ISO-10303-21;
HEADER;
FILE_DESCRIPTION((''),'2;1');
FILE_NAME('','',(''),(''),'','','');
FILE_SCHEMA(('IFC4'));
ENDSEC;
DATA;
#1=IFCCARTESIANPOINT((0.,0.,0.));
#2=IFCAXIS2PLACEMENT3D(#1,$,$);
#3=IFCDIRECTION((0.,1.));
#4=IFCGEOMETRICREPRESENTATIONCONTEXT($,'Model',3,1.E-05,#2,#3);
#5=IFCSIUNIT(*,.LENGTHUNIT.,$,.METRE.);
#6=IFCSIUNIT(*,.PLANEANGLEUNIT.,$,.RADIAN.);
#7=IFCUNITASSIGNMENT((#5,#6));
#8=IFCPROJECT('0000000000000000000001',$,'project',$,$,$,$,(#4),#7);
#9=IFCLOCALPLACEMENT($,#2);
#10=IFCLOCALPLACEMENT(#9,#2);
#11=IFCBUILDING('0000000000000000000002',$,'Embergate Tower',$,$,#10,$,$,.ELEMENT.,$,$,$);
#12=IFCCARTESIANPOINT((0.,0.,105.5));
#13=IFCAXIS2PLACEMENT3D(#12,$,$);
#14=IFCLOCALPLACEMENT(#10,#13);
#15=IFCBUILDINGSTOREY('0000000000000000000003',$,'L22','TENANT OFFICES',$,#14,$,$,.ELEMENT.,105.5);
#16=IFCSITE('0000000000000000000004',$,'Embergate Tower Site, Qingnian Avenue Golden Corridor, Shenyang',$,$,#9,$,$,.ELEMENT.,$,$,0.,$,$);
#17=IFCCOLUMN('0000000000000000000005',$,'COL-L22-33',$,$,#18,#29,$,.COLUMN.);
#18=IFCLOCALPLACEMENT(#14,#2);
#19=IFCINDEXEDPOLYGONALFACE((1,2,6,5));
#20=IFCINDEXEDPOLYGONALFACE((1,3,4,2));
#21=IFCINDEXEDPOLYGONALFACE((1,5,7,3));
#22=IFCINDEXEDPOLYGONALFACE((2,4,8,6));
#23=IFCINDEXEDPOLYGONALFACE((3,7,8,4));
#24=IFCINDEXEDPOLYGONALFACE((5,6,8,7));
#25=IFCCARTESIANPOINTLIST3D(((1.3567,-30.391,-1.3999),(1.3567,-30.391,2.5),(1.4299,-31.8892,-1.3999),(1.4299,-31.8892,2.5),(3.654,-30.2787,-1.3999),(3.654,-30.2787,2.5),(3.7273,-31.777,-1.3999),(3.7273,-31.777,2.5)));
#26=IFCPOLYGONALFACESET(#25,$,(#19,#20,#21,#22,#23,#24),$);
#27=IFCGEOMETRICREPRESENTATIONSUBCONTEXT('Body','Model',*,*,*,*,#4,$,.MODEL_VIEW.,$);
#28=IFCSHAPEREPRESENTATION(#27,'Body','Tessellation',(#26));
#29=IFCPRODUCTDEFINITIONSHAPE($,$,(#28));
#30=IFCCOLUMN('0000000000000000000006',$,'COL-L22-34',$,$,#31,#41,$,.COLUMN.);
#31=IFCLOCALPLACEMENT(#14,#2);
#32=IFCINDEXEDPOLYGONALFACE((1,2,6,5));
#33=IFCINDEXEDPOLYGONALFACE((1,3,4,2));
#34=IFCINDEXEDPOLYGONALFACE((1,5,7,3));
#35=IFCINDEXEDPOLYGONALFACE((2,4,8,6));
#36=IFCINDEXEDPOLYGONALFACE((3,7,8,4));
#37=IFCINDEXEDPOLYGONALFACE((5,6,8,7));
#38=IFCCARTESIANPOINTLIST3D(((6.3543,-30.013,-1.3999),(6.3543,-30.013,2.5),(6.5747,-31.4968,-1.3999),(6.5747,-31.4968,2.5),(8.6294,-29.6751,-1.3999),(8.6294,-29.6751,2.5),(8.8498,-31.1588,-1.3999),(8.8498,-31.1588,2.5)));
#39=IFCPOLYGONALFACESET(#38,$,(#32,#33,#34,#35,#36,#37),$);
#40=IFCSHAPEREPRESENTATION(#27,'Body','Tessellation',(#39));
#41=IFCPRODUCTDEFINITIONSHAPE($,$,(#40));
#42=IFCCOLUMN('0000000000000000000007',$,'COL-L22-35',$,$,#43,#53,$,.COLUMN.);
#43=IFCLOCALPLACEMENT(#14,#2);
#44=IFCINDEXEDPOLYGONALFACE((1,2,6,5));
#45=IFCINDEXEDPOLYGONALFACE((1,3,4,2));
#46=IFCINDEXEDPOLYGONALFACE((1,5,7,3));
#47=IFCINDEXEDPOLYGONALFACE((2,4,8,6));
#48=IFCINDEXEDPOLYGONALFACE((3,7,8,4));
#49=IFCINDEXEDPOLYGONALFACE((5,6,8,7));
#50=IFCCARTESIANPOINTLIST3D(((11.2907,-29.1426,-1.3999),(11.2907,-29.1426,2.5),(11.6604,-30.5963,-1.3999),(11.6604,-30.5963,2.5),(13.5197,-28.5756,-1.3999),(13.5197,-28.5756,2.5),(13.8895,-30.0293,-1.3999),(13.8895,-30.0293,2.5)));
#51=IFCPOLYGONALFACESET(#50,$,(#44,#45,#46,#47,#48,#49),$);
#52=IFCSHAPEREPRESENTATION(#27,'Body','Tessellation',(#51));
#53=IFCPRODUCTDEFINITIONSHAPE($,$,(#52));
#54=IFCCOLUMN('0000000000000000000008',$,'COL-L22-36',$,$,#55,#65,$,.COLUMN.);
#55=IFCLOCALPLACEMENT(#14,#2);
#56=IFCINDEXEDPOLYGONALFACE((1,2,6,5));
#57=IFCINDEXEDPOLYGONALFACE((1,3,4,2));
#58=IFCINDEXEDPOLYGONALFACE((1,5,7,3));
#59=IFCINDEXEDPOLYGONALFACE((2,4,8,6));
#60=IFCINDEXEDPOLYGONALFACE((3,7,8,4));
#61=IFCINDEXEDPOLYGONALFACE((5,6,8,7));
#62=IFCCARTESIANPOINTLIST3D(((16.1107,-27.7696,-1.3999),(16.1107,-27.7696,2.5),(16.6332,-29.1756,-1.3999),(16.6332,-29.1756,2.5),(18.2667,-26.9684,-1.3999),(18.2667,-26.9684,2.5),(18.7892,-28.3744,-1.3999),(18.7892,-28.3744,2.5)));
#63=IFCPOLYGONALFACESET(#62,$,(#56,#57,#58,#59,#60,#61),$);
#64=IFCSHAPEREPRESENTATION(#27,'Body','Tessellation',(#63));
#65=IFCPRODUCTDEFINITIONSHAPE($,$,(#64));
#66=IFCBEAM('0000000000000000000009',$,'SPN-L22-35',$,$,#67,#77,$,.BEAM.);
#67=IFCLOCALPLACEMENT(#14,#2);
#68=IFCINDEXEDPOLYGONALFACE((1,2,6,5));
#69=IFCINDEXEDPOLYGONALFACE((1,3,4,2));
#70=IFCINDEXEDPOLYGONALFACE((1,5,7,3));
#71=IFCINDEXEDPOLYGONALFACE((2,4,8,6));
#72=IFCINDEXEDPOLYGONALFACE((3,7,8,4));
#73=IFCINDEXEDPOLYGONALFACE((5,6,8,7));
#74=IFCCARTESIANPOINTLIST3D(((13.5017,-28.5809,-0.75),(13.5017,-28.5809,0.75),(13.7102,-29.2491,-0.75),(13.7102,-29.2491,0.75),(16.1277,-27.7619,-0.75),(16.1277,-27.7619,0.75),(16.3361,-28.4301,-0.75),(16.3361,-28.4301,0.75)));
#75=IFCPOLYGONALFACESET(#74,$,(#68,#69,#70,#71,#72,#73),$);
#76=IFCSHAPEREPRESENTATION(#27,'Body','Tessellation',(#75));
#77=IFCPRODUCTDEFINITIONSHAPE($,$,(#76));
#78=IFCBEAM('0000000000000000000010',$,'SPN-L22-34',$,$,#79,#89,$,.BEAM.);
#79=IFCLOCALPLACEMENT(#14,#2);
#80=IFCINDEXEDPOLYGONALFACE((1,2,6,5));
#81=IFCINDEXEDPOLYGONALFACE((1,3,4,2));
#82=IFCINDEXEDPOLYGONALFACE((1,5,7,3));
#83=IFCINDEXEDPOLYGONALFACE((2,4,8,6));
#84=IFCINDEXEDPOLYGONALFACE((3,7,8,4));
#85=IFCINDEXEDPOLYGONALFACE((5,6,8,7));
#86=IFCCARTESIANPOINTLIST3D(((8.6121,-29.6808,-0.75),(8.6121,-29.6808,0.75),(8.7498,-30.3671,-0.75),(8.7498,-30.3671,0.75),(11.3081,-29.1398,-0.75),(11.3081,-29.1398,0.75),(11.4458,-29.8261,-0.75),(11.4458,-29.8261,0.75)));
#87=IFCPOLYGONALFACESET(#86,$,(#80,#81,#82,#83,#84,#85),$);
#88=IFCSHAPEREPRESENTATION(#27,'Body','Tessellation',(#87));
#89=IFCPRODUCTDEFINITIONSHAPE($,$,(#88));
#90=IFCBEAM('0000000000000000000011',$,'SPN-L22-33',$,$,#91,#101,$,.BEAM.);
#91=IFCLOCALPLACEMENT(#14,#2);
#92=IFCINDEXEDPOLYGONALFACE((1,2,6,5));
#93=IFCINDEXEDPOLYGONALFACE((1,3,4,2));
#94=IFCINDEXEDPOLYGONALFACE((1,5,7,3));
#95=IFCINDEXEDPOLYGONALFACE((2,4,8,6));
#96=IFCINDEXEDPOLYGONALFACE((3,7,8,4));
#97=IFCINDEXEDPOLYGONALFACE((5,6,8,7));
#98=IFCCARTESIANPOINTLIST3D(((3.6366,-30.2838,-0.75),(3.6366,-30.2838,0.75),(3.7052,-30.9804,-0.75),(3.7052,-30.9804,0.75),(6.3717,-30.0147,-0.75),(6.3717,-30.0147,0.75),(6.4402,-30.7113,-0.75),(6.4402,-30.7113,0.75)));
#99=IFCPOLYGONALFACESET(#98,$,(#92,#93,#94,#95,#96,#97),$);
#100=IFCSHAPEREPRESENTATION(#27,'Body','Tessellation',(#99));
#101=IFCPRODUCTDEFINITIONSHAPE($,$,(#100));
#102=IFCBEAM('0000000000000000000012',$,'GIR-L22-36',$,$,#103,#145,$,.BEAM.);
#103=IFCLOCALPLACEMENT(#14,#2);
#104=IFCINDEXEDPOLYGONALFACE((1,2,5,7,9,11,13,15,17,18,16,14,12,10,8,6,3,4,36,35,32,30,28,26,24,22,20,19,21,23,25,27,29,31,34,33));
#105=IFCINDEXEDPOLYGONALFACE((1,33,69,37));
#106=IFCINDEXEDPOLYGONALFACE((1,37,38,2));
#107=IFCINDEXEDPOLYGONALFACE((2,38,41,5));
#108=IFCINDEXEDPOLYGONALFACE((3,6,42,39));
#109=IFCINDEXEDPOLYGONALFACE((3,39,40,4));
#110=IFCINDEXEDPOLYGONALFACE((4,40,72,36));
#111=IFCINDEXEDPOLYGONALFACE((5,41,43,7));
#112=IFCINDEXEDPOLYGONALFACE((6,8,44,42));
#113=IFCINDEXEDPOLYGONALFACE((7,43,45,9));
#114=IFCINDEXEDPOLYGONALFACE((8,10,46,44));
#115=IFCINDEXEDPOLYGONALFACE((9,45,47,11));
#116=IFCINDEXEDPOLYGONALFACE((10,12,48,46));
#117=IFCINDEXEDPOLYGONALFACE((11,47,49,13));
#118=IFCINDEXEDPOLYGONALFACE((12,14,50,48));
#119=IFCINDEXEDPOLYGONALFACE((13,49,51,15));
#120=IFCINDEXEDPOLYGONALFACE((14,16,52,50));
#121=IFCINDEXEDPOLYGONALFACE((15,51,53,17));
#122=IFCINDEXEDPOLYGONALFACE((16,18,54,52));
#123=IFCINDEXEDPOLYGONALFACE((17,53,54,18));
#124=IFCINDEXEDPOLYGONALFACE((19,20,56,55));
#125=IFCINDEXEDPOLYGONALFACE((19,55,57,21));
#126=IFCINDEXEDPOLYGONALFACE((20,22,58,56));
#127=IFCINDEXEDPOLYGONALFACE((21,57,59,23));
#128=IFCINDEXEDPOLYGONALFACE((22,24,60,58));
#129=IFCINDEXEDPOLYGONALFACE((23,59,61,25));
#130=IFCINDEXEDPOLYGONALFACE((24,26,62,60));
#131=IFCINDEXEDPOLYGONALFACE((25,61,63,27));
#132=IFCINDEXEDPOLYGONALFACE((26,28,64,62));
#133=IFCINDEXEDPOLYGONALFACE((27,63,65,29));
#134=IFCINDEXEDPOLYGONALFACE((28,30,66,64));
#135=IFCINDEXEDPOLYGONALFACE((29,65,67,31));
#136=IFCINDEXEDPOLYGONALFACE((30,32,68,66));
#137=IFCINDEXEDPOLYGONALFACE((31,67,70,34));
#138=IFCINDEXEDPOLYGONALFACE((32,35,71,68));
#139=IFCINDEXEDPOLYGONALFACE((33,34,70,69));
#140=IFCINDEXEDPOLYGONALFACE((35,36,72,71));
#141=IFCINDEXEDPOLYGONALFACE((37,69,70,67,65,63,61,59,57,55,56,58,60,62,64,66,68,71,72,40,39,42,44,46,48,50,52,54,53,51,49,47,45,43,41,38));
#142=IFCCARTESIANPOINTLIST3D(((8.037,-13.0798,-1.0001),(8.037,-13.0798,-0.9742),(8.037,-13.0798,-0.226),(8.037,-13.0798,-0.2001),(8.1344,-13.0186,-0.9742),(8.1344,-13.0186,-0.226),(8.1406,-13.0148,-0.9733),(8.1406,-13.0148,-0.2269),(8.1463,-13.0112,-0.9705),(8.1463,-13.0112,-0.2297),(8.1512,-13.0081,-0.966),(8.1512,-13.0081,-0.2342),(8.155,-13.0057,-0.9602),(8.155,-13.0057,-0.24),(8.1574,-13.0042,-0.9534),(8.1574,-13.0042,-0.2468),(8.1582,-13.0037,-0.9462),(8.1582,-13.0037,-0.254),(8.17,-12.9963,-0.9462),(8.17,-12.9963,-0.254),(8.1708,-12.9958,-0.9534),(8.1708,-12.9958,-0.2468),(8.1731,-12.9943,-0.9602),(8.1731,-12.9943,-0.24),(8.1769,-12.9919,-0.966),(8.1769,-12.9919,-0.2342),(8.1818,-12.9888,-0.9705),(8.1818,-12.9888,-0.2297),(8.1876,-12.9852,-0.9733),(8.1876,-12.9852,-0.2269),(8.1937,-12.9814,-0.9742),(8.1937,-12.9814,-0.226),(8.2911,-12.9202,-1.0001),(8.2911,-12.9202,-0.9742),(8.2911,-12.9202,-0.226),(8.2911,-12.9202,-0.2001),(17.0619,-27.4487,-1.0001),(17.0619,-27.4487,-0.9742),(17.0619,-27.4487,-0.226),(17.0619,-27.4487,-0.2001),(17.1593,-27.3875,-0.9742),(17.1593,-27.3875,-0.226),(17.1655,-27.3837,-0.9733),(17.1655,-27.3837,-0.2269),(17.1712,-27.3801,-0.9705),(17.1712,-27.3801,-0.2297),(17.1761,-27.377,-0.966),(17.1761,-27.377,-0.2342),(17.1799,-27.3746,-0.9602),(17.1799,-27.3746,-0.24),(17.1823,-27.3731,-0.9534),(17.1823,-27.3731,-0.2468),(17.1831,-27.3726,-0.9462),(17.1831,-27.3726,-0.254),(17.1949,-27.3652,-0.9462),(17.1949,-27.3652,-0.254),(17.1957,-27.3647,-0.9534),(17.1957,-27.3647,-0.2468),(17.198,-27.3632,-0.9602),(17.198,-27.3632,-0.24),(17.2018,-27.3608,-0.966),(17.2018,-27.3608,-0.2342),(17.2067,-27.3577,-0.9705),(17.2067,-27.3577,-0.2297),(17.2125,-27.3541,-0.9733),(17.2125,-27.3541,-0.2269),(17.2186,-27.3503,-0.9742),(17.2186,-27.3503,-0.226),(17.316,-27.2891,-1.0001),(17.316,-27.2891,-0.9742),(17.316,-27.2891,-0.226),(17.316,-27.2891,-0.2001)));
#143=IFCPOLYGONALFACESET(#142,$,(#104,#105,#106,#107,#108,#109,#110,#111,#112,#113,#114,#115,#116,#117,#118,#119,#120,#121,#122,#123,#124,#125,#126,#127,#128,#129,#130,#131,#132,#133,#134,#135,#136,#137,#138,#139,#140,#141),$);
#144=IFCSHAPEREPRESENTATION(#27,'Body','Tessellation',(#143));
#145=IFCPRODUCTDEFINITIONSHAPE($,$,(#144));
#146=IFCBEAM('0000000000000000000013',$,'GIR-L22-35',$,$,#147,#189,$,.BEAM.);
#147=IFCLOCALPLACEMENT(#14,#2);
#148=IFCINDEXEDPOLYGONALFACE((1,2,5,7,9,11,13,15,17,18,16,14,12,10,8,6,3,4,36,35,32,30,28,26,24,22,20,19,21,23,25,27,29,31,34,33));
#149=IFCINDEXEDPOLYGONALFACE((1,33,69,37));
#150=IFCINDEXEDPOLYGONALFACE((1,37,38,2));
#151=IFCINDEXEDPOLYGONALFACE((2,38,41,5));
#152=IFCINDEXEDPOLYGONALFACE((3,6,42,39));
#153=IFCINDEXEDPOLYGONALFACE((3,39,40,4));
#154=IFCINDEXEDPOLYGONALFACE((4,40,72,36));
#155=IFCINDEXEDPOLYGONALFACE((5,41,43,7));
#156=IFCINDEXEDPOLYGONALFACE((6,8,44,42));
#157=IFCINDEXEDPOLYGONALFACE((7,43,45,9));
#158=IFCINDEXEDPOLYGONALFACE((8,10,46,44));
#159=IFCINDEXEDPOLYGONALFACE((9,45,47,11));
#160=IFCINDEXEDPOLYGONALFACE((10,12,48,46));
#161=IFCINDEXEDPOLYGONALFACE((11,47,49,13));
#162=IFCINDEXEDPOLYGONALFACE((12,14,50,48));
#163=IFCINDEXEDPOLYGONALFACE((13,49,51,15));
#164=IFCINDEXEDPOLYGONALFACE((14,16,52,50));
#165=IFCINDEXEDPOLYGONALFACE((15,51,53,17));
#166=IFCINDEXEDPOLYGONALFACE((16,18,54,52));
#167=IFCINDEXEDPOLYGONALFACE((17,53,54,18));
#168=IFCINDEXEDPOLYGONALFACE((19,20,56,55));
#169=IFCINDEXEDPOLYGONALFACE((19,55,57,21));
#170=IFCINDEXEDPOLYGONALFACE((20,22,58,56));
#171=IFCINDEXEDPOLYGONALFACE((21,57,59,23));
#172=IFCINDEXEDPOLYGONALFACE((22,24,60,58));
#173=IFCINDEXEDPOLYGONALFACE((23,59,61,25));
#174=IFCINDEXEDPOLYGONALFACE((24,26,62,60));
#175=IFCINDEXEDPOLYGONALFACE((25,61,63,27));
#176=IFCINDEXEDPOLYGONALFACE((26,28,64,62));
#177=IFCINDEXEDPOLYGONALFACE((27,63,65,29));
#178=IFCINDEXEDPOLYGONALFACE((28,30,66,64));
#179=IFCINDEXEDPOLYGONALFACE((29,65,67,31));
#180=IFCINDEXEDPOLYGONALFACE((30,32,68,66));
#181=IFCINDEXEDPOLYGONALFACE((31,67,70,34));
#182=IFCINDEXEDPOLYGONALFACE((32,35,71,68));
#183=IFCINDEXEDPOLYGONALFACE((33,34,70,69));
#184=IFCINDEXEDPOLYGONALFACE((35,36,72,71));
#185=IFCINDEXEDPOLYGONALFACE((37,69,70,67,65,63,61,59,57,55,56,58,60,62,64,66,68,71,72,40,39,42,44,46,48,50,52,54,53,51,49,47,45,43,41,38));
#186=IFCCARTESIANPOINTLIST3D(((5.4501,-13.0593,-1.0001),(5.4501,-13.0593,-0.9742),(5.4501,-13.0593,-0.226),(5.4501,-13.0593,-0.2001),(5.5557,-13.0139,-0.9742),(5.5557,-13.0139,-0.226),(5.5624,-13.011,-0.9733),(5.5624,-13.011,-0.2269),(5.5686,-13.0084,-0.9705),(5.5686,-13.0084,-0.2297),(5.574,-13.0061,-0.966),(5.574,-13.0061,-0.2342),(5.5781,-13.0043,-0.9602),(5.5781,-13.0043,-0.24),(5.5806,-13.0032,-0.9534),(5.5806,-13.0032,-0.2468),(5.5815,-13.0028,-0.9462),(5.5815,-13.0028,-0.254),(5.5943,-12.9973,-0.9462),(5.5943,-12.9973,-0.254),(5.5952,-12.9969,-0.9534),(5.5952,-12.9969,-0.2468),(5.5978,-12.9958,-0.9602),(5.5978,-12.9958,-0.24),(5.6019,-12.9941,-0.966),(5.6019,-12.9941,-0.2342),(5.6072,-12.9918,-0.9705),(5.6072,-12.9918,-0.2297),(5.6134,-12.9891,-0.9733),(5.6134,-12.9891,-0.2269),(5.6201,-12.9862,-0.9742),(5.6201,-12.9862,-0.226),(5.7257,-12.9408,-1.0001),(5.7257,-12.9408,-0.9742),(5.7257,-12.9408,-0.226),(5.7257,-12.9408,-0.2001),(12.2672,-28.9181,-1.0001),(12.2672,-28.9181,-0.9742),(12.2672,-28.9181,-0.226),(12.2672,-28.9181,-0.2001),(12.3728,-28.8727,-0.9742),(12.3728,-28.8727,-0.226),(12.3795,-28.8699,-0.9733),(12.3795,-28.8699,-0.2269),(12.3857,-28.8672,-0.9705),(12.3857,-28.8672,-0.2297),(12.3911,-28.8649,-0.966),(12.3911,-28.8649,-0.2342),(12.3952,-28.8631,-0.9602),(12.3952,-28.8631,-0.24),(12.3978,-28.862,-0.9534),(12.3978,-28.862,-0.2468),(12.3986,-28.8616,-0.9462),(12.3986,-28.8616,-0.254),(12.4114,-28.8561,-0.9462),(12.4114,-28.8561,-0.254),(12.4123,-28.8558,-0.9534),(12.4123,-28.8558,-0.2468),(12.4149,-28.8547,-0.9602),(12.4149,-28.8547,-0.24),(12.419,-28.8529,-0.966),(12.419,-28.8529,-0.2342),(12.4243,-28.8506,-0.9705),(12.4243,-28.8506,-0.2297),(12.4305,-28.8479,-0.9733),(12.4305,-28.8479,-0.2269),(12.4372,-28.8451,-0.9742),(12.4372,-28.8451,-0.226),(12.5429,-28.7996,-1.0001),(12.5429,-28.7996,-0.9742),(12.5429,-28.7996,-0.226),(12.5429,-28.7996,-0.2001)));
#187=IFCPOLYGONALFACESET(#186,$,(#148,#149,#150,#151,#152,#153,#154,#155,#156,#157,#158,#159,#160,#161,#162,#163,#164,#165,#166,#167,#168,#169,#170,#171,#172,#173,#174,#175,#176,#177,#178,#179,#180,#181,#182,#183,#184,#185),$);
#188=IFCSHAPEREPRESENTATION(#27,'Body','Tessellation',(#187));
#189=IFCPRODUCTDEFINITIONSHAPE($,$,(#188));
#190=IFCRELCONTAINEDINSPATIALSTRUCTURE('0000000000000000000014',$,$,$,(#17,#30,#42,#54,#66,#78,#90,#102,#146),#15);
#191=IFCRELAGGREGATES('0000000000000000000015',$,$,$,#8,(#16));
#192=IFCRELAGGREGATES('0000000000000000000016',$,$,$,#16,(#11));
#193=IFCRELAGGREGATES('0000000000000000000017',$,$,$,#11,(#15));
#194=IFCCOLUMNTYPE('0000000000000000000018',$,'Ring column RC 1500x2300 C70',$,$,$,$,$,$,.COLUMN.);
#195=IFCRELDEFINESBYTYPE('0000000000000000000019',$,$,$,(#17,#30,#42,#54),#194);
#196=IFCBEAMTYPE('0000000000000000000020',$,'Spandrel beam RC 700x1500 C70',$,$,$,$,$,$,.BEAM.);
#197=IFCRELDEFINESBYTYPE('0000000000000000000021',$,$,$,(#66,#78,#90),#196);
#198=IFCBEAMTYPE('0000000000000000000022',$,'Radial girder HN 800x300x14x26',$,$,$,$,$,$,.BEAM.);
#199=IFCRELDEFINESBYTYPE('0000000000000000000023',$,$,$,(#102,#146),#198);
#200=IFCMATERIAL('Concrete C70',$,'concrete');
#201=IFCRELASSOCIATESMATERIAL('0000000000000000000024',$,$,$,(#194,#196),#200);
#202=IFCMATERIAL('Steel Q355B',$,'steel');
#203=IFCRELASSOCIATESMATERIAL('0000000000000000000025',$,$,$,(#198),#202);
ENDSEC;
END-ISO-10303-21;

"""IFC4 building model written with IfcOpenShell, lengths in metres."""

from ifc_helpers import new_model, si_unit, direction, frame, origin, origin_2d, place, context, subcontext, project, spatial, rectangle, i_section, extrude, source, transform, mapped, material, material_profile, profile_set, type_object, element, save


model = new_model("IFC4")

# Units and contexts
model_context = context("Model", 3, precision=1e-05, world=origin(), true_north=direction((0.0, 1.0)))
body_context = subcontext(model_context, "Body", "Model", "MODEL_VIEW")
ifc_project = project(units=[si_unit("LENGTHUNIT", "METRE"), si_unit("PLANEANGLEUNIT", "RADIAN")], contexts=[model_context])

# Site, building, storey
site_placement = place(None, origin())
site = spatial("IfcSite", under=ifc_project, at=site_placement, Name="Embergate Tower Site, Qingnian Avenue Golden Corridor, Shenyang", CompositionType="ELEMENT", RefElevation=0.0)
building_placement = place(site_placement, origin())
building = spatial("IfcBuilding", under=site, at=building_placement, Name="Embergate Tower", CompositionType="ELEMENT")
storey_placement = place(building_placement, frame((0.0, 0.0, 105.5)))
storey = spatial("IfcBuildingStorey", under=building, at=storey_placement, Name="L22", Description="TENANT OFFICES", CompositionType="ELEMENT", Elevation=105.5)

# Columns
ifc_material_1 = material(Name="Concrete C70", Category="concrete")
ifc_material_profile_1 = material_profile(ifc_material_1, rectangle(XDim=1.5, YDim=2.3, at=origin_2d()), Name="RC 1500x2300")
ifc_profile_set_1 = profile_set([ifc_material_profile_1], Name="Concrete C70")
column_type = type_object("IfcColumnType", Name="Ring column RC 1500x2300 C70", PredefinedType="COLUMN", material=ifc_profile_set_1)
shared_shape_1 = source(origin(), body_context, "Body", "SweptSolid", [
    extrude(rectangle(XDim=1.5, YDim=2.3, at=origin_2d()), origin(), (0.0, 0.0, 1.0), 3.8999),
])
for number, where, z_axis, x_axis, name in (
    (1, (2.542, -31.084, -1.3999), (0.0, 0.0, 1.0), (0.048815, -0.998808, 0.0), "COL-L22-33"),
    (2, (7.6021, -30.5859, -1.3999), (0.0, 0.0, 1.0), (0.146929, -0.989147, 0.0), "COL-L22-34"),
    (3, (12.5901, -29.5859, -1.3999), (0.0, 0.0, 1.0), (0.246509, -0.969141, 0.0), "COL-L22-35"),
    (4, (17.45, -28.072, -1.3999), (0.0, 0.0, 1.0), (0.348343, -0.937367, 0.0), "COL-L22-36"),
):
    element("IfcColumn", number, at=place(storey_placement, frame(where, z_axis=z_axis, x_axis=x_axis)), inside=storey, type_object=column_type, Name=name, PredefinedType="COLUMN", context=body_context, shape_type="MappedRepresentation", body=[
        mapped(shared_shape_1, transform((0.0, 0.0, 0.0))),
    ])

# Beams
ifc_material_profile_2 = material_profile(ifc_material_1, rectangle(XDim=0.7, YDim=1.5, at=origin_2d()), Name="RC 700x1500")
ifc_profile_set_2 = profile_set([ifc_material_profile_2], Name="Concrete C70")
beam_type_1 = type_object("IfcBeamType", Name="Spandrel beam RC 700x1500 C70", PredefinedType="BEAM", material=ifc_profile_set_2)
shared_shape_2 = source(origin(), body_context, "Body", "SweptSolid", [
    extrude(rectangle(XDim=0.7, YDim=1.5, at=origin_2d()), origin(), (0.0, 0.0, 1.0), 2.7507),
])
beam_1_placement = place(storey_placement, frame((13.606, -28.915, 0.0), z_axis=(0.954638, 0.29777, 0.0), x_axis=(-0.29777, 0.954638, 0.0)))
element("IfcBeam", 5, at=beam_1_placement, inside=storey, type_object=beam_type_1, Name="SPN-L22-35", PredefinedType="BEAM", context=body_context, shape_type="MappedRepresentation", body=[
    mapped(shared_shape_2, transform((0.0, 0.0, 0.0))),
])
shared_shape_3 = source(origin(), body_context, "Body", "SweptSolid", [
    extrude(rectangle(XDim=0.7, YDim=1.5, at=origin_2d()), origin(), (0.0, 0.0, 1.0), 2.7498),
])
beam_2_placement = place(storey_placement, frame((8.6809, -30.0239, 0.0), z_axis=(0.980454, 0.196748, 0.0), x_axis=(-0.196748, 0.980454, 0.0)))
element("IfcBeam", 6, at=beam_2_placement, inside=storey, type_object=beam_type_1, Name="SPN-L22-34", PredefinedType="BEAM", context=body_context, shape_type="MappedRepresentation", body=[
    mapped(shared_shape_3, transform((0.0, 0.0, 0.0))),
])
shared_shape_4 = source(origin(), body_context, "Body", "SweptSolid", [
    extrude(rectangle(XDim=0.7, YDim=1.5, at=origin_2d()), origin(), (0.0, 0.0, 1.0), 2.7483),
])
beam_3_placement = place(storey_placement, frame((3.6709, -30.6321, 0.0), z_axis=(0.995197, 0.097894, 0.0), x_axis=(-0.097894, 0.995197, 0.0)))
element("IfcBeam", 7, at=beam_3_placement, inside=storey, type_object=beam_type_1, Name="SPN-L22-33", PredefinedType="BEAM", context=body_context, shape_type="MappedRepresentation", body=[
    mapped(shared_shape_4, transform((0.0, 0.0, 0.0))),
])
ifc_material_2 = material(Name="Steel Q355B", Category="steel")
ifc_material_profile_3 = material_profile(ifc_material_2, i_section(OverallWidth=0.3, OverallDepth=0.8, WebThickness=0.0139, FlangeThickness=0.0259, FilletRadius=0.0281, at=origin_2d()), Name="HN 800x300x14x26")
ifc_profile_set_3 = profile_set([ifc_material_profile_3], Name="Steel Q355 grade B")
beam_type_2 = type_object("IfcBeamType", Name="Radial girder HN 800x300x14x26", PredefinedType="BEAM", material=ifc_profile_set_3)
shared_shape_5 = source(origin(), body_context, "Body", "SweptSolid", [
    extrude(i_section(OverallWidth=0.3, OverallDepth=0.8, WebThickness=0.0139, FlangeThickness=0.0259, FilletRadius=0.0281, at=origin_2d()), origin(), (0.0, 0.0, 1.0), 16.968),
])
beam_4_placement = place(storey_placement, frame((17.189, -27.3689, -0.6001), z_axis=(-0.531877, 0.846822, 0.0), x_axis=(-0.846822, -0.531877, 0.0)))
element("IfcBeam", 8, at=beam_4_placement, inside=storey, type_object=beam_type_2, Name="GIR-L22-36", PredefinedType="BEAM", context=body_context, shape_type="MappedRepresentation", body=[
    mapped(shared_shape_5, transform((0.0, 0.0, 0.0))),
])
shared_shape_6 = source(origin(), body_context, "Body", "SweptSolid", [
    extrude(i_section(OverallWidth=0.3, OverallDepth=0.8, WebThickness=0.0139, FlangeThickness=0.0259, FilletRadius=0.0281, at=origin_2d()), origin(), (0.0, 0.0, 1.0), 17.262),
])
beam_5_placement = place(storey_placement, frame((12.405, -28.8589, -0.6001), z_axis=(-0.394921, 0.918715, 0.0), x_axis=(-0.918715, -0.394921, 0.0)))
element("IfcBeam", 9, at=beam_5_placement, inside=storey, type_object=beam_type_2, Name="GIR-L22-35", PredefinedType="BEAM", context=body_context, shape_type="MappedRepresentation", body=[
    mapped(shared_shape_6, transform((0.0, 0.0, 0.0))),
])

save(model, "model.ifc")
